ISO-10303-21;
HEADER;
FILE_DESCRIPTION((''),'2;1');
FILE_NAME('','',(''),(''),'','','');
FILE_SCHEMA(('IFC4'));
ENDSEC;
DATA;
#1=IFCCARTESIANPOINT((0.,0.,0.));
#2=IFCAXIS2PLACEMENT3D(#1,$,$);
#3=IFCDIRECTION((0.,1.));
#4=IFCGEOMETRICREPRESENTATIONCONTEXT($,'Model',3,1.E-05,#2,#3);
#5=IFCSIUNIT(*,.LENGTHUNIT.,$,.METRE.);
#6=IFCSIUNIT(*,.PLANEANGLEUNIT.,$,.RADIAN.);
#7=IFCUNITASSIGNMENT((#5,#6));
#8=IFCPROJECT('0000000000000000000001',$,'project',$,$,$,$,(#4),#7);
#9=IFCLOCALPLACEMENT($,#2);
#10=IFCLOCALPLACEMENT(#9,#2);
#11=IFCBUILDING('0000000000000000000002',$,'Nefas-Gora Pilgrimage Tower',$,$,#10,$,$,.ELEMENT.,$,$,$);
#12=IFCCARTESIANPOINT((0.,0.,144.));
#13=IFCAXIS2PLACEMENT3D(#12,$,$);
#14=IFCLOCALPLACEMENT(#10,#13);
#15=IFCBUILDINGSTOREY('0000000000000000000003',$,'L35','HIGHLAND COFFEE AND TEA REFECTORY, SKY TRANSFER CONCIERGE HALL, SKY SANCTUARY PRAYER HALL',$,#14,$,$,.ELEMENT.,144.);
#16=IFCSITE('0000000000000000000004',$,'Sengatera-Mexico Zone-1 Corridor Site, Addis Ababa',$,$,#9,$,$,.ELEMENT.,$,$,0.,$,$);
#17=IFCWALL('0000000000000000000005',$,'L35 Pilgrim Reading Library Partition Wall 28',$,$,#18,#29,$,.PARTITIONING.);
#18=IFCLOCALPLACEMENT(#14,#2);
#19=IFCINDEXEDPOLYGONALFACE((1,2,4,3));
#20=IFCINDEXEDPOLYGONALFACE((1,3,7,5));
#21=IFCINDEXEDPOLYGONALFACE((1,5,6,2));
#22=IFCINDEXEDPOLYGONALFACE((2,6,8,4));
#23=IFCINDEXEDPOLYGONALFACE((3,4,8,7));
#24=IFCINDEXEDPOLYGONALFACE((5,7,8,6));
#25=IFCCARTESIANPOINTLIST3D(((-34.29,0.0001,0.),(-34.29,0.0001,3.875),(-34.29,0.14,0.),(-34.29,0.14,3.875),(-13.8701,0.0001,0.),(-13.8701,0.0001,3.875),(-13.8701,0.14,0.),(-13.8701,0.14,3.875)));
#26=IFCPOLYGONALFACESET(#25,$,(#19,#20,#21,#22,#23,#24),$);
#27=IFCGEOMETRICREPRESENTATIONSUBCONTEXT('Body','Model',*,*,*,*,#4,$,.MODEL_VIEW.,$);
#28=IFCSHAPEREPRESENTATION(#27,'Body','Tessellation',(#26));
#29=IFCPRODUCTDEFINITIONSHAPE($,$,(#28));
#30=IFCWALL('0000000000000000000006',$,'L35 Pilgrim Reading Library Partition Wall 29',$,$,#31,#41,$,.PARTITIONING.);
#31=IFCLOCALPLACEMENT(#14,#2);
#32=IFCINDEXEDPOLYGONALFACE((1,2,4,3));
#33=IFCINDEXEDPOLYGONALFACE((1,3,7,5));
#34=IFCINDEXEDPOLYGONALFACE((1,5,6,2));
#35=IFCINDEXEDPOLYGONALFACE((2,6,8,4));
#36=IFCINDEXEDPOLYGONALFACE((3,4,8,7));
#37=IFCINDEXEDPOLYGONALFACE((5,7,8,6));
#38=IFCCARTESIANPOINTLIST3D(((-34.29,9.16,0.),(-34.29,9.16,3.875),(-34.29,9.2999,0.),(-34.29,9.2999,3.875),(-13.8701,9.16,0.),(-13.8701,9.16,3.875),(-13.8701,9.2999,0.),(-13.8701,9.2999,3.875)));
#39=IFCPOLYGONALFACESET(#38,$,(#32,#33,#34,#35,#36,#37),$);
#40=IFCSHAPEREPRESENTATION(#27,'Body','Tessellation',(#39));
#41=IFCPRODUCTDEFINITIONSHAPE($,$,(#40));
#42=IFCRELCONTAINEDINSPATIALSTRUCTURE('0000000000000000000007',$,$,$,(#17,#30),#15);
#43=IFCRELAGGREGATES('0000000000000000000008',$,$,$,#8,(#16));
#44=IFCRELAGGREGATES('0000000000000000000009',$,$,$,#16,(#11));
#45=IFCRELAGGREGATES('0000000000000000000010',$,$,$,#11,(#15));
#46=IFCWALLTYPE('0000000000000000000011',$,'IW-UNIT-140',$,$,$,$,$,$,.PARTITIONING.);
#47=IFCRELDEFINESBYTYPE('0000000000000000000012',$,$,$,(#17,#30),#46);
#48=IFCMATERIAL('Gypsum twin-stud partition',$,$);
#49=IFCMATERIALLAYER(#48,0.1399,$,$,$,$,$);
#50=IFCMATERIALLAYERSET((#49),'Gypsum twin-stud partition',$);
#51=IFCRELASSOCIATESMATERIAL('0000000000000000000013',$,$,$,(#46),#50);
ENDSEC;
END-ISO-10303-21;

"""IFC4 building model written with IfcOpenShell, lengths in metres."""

from ifc_helpers import new_model, si_unit, direction, frame, frame_2d, origin, place, context, subcontext, project, spatial, rectangle, extrude, source, transform, mapped, material, layer, layer_set, type_object, element, save


model = new_model("IFC4")

# Units and contexts
model_context = context("Model", 3, precision=1e-05, world=origin(), true_north=direction((0.0, 1.0)))
body_context = subcontext(model_context, "Body", "Model", "MODEL_VIEW")
ifc_project = project(units=[si_unit("LENGTHUNIT", "METRE"), si_unit("PLANEANGLEUNIT", "RADIAN")], contexts=[model_context])

# Site, building, storey
site_placement = place(None, origin())
site = spatial("IfcSite", under=ifc_project, at=site_placement, Name="Sengatera-Mexico Zone-1 Corridor Site, Addis Ababa", CompositionType="ELEMENT", RefElevation=0.0)
building_placement = place(site_placement, origin())
building = spatial("IfcBuilding", under=site, at=building_placement, Name="Nefas-Gora Pilgrimage Tower", CompositionType="ELEMENT")
storey_placement = place(building_placement, frame((0.0, 0.0, 144.0)))
storey = spatial("IfcBuildingStorey", under=building, at=storey_placement, Name="L35", Description="HIGHLAND COFFEE AND TEA REFECTORY, SKY TRANSFER CONCIERGE HALL, SKY SANCTUARY PRAYER HALL", CompositionType="ELEMENT", Elevation=144.0)

# Walls
ifc_material_1 = material(Name="Gypsum twin-stud partition")
ifc_layer_1 = layer(ifc_material_1, 0.1399)
ifc_layer_set_1 = layer_set([ifc_layer_1], Name="Gypsum twin-stud partition")
wall_type_1 = type_object("IfcWallType", Name="IW-UNIT-140", PredefinedType="PARTITIONING", material=ifc_layer_set_1)
shared_shape_1 = source(origin(), body_context, "Body", "SweptSolid", [
    extrude(rectangle(XDim=20.4199, YDim=0.1399, at=frame_2d((10.21, 0.0))), origin(), (0.0, 0.0, 1.0), 3.875),
])
for number, where, z_axis, x_axis, name in (
    (1, (-34.29, 0.0701, 0.0), (0.0, 0.0, 1.0), (1.0, 0.0, 0.0), "L35 Pilgrim Reading Library Partition Wall 28"),
    (2, (-34.29, 9.23, 0.0), (0.0, 0.0, 1.0), (1.0, 0.0, 0.0), "L35 Pilgrim Reading Library Partition Wall 29"),
):
    element("IfcWall", number, at=place(storey_placement, frame(where, z_axis=z_axis, x_axis=x_axis)), inside=storey, type_object=wall_type_1, Name=name, PredefinedType="PARTITIONING", context=body_context, shape_type="MappedRepresentation", body=[
        mapped(shared_shape_1, transform((0.0, 0.0, 0.0), x_axis=(1.0, 0.0, 0.0), y_axis=(0.0, 1.0, 0.0), z_axis=(0.0, 0.0, 1.0), scale=1.0)),
    ])

save(model, "model.ifc")
